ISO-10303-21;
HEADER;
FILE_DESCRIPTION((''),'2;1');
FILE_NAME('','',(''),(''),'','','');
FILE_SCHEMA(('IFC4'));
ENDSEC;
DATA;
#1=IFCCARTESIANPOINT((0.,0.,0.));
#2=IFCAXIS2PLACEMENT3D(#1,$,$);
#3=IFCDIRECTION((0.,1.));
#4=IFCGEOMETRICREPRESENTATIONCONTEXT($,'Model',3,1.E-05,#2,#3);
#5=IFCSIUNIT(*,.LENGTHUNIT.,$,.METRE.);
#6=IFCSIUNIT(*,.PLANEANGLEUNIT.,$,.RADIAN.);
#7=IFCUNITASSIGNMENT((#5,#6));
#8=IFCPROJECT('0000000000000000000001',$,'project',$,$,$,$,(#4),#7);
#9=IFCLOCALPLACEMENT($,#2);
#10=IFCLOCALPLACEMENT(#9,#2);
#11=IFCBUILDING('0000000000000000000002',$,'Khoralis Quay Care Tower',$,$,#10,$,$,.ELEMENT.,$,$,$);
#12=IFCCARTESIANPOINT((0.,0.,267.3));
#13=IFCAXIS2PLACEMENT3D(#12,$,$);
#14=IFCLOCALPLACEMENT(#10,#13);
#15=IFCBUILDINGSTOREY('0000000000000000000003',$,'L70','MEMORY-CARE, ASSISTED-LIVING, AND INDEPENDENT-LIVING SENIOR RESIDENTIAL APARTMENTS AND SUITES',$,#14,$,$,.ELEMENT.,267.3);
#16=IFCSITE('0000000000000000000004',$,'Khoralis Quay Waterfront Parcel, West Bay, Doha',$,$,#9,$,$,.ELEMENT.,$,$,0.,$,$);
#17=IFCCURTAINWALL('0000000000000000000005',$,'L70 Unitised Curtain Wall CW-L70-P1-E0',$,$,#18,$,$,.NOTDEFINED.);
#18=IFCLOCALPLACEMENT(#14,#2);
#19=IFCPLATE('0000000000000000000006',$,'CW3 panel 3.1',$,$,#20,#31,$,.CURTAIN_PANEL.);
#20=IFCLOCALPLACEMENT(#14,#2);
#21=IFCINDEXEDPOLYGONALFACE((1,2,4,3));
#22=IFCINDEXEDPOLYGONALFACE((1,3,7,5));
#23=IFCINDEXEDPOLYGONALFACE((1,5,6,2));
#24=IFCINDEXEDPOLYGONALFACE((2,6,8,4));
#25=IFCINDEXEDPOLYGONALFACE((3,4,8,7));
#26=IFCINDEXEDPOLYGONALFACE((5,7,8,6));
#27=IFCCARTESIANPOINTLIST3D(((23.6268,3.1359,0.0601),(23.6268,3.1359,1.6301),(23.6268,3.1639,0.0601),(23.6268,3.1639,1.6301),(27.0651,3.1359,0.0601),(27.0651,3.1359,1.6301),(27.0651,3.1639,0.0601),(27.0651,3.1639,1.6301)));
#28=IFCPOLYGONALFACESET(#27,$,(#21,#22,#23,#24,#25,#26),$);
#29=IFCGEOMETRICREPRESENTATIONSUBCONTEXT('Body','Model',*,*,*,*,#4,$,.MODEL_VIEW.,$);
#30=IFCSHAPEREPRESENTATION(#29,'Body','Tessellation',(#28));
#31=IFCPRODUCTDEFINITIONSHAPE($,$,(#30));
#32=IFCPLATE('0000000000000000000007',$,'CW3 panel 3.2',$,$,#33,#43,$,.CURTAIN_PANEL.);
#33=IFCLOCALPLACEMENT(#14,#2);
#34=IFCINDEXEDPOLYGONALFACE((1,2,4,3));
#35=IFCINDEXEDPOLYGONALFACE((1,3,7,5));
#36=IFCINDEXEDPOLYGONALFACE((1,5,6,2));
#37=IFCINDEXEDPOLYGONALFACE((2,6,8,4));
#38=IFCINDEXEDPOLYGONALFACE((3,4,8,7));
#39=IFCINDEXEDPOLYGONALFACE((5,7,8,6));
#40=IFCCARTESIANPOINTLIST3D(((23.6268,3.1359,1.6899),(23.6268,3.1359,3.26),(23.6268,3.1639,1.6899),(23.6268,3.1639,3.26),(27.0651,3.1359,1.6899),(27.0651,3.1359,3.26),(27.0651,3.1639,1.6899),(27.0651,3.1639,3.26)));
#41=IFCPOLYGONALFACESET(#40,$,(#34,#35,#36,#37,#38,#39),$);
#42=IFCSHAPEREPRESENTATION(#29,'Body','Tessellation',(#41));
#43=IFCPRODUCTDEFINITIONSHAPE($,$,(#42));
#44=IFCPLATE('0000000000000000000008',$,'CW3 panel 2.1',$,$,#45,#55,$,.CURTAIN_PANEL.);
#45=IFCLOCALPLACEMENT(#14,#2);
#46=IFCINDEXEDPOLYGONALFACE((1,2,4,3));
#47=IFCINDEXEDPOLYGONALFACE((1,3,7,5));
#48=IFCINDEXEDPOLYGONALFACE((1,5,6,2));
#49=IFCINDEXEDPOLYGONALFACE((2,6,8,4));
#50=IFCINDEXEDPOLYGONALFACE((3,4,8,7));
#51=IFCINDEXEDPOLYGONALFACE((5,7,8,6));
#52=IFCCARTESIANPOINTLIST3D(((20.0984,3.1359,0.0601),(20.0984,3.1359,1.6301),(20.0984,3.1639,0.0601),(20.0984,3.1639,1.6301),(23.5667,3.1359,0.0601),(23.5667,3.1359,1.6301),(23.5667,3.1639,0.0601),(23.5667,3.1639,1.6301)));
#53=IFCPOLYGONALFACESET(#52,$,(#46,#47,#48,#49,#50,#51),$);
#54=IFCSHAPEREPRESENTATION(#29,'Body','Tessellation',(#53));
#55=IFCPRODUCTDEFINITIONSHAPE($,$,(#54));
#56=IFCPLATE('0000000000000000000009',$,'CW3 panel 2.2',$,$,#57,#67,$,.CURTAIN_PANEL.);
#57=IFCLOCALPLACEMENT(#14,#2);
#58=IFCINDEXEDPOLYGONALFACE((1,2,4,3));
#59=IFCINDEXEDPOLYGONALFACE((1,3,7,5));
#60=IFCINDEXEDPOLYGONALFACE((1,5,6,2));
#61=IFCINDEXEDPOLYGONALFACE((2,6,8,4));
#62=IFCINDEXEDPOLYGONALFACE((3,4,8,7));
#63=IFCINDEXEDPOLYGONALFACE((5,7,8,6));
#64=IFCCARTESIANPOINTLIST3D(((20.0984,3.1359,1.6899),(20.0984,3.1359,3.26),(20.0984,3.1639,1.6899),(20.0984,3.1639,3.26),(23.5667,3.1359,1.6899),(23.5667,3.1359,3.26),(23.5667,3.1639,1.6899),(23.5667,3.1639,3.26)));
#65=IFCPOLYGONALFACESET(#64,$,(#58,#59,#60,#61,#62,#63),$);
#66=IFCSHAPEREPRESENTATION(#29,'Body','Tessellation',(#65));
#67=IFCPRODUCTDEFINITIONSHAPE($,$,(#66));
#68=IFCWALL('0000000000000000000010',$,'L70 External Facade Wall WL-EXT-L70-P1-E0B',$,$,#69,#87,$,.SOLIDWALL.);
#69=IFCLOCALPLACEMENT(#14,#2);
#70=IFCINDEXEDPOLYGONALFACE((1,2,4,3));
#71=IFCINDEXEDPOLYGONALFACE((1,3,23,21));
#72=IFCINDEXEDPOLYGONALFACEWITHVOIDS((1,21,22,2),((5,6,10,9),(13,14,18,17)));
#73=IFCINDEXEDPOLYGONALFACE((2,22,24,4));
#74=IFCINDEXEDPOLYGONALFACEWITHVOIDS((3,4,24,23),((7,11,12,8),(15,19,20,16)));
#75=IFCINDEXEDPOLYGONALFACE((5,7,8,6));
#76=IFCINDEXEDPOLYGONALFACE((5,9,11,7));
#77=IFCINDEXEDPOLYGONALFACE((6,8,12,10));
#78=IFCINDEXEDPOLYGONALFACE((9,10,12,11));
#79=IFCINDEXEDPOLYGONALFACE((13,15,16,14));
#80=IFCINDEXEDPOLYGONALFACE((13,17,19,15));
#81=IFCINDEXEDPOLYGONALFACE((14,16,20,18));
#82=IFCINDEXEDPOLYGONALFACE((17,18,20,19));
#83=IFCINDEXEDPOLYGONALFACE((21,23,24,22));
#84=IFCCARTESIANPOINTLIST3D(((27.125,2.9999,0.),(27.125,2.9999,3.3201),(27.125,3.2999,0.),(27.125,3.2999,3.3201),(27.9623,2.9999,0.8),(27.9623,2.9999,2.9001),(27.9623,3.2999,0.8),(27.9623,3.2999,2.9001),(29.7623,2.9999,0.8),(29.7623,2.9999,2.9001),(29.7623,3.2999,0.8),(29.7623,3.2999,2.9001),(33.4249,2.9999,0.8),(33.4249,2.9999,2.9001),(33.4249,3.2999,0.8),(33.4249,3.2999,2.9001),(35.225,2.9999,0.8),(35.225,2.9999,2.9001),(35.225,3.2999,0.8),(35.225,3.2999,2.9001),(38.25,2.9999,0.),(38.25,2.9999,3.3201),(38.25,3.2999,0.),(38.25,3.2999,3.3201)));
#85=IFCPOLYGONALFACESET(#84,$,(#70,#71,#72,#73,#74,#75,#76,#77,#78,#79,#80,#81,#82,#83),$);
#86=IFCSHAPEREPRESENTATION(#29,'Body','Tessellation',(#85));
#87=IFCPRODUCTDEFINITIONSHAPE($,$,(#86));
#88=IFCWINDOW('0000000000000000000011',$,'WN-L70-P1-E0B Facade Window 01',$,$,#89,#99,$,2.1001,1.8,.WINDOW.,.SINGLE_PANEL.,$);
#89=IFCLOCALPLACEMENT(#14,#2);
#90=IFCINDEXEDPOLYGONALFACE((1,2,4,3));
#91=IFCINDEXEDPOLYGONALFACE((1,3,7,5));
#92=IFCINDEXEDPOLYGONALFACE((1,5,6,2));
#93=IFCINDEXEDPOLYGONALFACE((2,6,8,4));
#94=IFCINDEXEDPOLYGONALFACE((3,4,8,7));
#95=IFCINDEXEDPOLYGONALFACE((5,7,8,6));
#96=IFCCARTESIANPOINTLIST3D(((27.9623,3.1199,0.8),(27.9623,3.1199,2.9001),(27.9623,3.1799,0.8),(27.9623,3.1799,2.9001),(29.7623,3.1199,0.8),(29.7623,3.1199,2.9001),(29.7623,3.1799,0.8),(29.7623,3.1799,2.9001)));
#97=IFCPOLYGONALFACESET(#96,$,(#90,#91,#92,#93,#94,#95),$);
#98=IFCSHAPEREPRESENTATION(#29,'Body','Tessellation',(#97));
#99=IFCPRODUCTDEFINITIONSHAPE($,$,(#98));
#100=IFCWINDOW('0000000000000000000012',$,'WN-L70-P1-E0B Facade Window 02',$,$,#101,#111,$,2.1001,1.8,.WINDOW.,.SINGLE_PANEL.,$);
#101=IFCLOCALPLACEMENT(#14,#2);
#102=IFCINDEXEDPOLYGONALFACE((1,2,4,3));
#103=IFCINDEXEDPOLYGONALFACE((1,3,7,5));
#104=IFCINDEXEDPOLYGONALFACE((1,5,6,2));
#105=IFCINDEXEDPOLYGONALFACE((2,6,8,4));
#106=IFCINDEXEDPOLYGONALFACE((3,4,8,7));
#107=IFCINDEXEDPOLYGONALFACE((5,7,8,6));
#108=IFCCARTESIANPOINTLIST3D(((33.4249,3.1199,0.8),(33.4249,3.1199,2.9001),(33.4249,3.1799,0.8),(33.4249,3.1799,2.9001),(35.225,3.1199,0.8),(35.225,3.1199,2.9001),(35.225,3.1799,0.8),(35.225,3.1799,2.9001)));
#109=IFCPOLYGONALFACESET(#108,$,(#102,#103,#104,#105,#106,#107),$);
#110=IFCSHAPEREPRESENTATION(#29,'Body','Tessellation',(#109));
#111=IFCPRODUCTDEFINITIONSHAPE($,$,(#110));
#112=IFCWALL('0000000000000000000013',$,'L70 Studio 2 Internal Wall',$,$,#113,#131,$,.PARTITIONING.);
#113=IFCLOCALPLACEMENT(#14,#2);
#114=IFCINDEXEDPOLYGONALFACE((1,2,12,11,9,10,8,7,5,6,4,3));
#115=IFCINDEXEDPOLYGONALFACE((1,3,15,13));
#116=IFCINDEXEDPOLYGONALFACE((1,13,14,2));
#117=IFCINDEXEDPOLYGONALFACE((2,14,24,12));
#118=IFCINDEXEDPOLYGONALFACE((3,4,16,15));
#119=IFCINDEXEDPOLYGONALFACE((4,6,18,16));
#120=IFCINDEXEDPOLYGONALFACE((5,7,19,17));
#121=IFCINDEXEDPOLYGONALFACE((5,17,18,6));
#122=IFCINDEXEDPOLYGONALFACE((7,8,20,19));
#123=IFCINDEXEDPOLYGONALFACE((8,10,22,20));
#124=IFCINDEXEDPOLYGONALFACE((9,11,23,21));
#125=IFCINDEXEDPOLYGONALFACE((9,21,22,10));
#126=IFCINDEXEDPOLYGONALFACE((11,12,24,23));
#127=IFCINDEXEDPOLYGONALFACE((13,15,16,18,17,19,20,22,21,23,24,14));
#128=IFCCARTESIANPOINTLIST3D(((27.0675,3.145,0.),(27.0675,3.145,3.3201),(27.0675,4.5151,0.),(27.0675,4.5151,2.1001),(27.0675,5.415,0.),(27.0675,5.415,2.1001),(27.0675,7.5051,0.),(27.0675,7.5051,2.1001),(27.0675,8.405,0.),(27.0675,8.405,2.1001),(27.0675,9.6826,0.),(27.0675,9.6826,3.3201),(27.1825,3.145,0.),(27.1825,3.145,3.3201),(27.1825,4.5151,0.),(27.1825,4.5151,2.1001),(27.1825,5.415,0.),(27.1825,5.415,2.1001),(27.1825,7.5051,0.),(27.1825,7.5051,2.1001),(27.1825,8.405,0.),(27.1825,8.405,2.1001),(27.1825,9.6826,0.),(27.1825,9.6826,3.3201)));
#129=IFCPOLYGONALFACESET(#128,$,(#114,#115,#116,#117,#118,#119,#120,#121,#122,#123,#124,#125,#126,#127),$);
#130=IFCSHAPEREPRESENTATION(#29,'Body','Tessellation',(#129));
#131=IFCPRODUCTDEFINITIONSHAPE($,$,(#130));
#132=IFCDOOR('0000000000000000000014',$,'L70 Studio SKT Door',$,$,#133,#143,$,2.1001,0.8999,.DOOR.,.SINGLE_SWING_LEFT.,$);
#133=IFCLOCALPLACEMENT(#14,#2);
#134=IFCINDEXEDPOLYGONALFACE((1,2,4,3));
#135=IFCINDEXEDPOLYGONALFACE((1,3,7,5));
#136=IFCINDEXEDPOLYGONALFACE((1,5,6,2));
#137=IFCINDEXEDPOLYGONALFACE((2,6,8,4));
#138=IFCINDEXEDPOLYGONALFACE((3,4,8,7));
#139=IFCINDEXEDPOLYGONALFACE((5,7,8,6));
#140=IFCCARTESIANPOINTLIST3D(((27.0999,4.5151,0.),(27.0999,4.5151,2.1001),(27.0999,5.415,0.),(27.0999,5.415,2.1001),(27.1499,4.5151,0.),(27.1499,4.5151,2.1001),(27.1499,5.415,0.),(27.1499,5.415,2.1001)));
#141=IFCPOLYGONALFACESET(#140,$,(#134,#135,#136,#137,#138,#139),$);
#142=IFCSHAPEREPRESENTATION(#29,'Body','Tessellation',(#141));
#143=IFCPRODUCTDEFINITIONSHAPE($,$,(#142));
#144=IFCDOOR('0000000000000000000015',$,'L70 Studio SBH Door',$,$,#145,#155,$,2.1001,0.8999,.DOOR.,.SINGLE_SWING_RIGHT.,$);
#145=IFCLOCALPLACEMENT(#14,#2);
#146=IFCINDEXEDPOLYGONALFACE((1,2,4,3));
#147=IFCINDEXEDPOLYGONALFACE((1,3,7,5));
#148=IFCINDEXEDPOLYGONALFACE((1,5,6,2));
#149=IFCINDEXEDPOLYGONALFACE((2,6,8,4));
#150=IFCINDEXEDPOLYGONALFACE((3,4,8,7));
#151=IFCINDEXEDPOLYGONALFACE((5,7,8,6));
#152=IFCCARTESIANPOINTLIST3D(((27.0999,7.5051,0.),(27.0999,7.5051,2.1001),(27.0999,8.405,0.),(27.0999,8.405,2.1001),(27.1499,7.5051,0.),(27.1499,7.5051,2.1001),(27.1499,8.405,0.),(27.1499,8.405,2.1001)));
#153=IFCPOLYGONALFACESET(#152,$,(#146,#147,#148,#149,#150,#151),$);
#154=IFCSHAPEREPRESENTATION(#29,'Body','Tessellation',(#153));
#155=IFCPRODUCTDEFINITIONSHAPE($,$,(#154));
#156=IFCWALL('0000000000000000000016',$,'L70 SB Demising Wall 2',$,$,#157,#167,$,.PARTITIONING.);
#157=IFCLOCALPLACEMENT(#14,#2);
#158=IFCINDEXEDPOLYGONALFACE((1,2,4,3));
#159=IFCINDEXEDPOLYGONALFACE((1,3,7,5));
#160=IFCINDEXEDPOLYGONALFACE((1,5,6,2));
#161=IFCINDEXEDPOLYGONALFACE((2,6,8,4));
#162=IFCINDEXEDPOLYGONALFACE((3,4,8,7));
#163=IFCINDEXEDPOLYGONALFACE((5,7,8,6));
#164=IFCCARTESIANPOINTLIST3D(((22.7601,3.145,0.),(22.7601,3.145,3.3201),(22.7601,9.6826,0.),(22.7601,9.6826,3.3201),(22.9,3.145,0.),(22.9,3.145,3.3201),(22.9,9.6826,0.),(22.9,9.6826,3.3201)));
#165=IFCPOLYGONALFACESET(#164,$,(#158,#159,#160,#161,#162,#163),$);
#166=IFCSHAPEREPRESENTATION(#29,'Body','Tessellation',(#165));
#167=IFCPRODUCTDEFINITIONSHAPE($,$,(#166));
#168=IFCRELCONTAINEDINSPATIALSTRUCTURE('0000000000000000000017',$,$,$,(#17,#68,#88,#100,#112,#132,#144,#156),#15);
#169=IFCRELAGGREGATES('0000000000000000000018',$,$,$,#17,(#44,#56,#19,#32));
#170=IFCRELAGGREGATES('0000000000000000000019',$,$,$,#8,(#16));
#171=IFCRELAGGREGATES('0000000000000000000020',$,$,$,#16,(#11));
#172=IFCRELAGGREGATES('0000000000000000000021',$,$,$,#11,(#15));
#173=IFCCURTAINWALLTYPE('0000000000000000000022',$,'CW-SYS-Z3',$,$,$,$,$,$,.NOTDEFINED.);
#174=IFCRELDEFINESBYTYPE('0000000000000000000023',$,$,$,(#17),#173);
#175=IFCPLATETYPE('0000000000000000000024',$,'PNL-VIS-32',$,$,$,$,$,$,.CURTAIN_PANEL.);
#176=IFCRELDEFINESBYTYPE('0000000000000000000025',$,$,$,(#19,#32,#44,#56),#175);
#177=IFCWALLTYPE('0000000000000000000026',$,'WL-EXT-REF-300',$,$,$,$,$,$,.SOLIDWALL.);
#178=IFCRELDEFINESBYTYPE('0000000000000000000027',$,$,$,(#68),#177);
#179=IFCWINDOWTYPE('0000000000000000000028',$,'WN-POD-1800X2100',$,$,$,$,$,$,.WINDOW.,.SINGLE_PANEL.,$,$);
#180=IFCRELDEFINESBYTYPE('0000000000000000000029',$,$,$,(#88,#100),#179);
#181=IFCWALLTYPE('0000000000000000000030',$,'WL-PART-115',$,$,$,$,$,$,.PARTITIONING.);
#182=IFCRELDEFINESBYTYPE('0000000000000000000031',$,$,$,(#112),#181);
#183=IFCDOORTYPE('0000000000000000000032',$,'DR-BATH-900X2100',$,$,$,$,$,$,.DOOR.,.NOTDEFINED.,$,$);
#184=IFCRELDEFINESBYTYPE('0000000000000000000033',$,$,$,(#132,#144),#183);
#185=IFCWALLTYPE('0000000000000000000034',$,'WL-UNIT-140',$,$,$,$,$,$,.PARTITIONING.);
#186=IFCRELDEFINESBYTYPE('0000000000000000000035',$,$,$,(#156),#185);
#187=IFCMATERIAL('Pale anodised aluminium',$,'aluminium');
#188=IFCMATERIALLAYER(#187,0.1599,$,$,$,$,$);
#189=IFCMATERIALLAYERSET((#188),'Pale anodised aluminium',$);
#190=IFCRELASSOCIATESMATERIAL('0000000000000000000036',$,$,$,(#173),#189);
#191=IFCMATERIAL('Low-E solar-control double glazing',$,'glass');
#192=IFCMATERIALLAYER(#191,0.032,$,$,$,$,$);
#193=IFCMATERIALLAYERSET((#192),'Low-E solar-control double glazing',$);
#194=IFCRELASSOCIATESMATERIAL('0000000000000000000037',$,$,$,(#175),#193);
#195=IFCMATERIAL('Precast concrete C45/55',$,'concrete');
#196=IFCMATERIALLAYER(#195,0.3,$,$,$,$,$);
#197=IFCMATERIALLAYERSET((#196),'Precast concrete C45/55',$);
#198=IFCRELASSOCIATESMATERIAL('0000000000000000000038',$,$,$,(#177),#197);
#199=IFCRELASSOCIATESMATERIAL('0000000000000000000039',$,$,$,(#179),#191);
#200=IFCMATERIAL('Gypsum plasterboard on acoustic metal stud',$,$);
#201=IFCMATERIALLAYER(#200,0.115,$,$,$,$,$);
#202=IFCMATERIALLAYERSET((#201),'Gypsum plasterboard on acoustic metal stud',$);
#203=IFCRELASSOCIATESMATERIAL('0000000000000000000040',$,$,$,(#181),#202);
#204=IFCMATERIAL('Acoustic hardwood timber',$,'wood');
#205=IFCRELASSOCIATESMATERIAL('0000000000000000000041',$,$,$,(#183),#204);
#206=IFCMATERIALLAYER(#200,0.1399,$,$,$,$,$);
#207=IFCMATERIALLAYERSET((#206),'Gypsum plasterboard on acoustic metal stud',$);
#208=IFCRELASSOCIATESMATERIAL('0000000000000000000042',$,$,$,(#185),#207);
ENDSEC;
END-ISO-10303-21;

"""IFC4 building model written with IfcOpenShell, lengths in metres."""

from ifc_helpers import new_model, si_unit, direction, frame, frame_2d, origin, origin_2d, place, context, subcontext, project, spatial, rectangle, extrude, source, transform, mapped, material, layer, layer_set, type_object, element, fill, aggregate, save


model = new_model("IFC4")

# Units and contexts
model_context = context("Model", 3, precision=1e-05, world=origin(), true_north=direction((0.0, 1.0)))
body_context = subcontext(model_context, "Body", "Model", "MODEL_VIEW")
ifc_project = project(units=[si_unit("LENGTHUNIT", "METRE"), si_unit("PLANEANGLEUNIT", "RADIAN")], contexts=[model_context])

# Site, building, storey
site_placement = place(None, origin())
site = spatial("IfcSite", under=ifc_project, at=site_placement, Name="Khoralis Quay Waterfront Parcel, West Bay, Doha", CompositionType="ELEMENT", RefElevation=0.0)
building_placement = place(site_placement, origin())
building = spatial("IfcBuilding", under=site, at=building_placement, Name="Khoralis Quay Care Tower", CompositionType="ELEMENT")
storey_placement = place(building_placement, frame((0.0, 0.0, 267.3)))
storey = spatial("IfcBuildingStorey", under=building, at=storey_placement, Name="L70", Description="MEMORY-CARE, ASSISTED-LIVING, AND INDEPENDENT-LIVING SENIOR RESIDENTIAL APARTMENTS AND SUITES", CompositionType="ELEMENT", Elevation=267.3)

# Curtain wall, plates
ifc_material_1 = material(Name="Pale anodised aluminium", Category="aluminium")
ifc_layer_1 = layer(ifc_material_1, 0.1599)
ifc_layer_set_1 = layer_set([ifc_layer_1], Name="Pale anodised aluminium")
curtain_wall_type = type_object("IfcCurtainWallType", Name="CW-SYS-Z3", PredefinedType="NOTDEFINED", material=ifc_layer_set_1)
curtain_wall_placement = place(storey_placement, origin())
curtain_wall = element("IfcCurtainWall", 1, at=curtain_wall_placement, inside=storey, type_object=curtain_wall_type, Name="L70 Unitised Curtain Wall CW-L70-P1-E0", PredefinedType="NOTDEFINED")
ifc_material_2 = material(Name="Low-E solar-control double glazing", Category="glass")
ifc_layer_2 = layer(ifc_material_2, 0.032)
ifc_layer_set_2 = layer_set([ifc_layer_2], Name="Low-E solar-control double glazing")
plate_type = type_object("IfcPlateType", Name="PNL-VIS-32", PredefinedType="CURTAIN_PANEL", material=ifc_layer_set_2)
shared_shape_1 = source(origin(), body_context, "Body", "SweptSolid", [
    extrude(rectangle(XDim=3.4382, YDim=0.0281, at=origin_2d()), origin(), (0.0, 0.0, 1.0), 1.5701),
])
plate_1_placement = place(storey_placement, frame((25.3459, 3.1499, 0.0601), z_axis=(0.0, 0.0, 1.0), x_axis=(1.0, 0.0, 0.0)))
plate_1 = element("IfcPlate", 2, at=plate_1_placement, type_object=plate_type, Name="CW3 panel 3.1", PredefinedType="CURTAIN_PANEL", context=body_context, shape_type="MappedRepresentation", body=[
    mapped(shared_shape_1, transform((0.0, 0.0, 0.0), scale=1.0)),
])
plate_2_placement = place(storey_placement, frame((25.3459, 3.1499, 1.6899), z_axis=(0.0, 0.0, 1.0), x_axis=(1.0, 0.0, 0.0)))
plate_2 = element("IfcPlate", 3, at=plate_2_placement, type_object=plate_type, Name="CW3 panel 3.2", PredefinedType="CURTAIN_PANEL", context=body_context, shape_type="MappedRepresentation", body=[
    mapped(shared_shape_1, transform((0.0, 0.0, 0.0), scale=1.0)),
])
shared_shape_2 = source(origin(), body_context, "Body", "SweptSolid", [
    extrude(rectangle(XDim=3.4683, YDim=0.0281, at=origin_2d()), origin(), (0.0, 0.0, 1.0), 1.5701),
])
plate_3_placement = place(storey_placement, frame((21.8325, 3.1499, 0.0601), z_axis=(0.0, 0.0, 1.0), x_axis=(1.0, 0.0, 0.0)))
plate_3 = element("IfcPlate", 4, at=plate_3_placement, type_object=plate_type, Name="CW3 panel 2.1", PredefinedType="CURTAIN_PANEL", context=body_context, shape_type="MappedRepresentation", body=[
    mapped(shared_shape_2, transform((0.0, 0.0, 0.0), scale=1.0)),
])
plate_4_placement = place(storey_placement, frame((21.8325, 3.1499, 1.6899), z_axis=(0.0, 0.0, 1.0), x_axis=(1.0, 0.0, 0.0)))
plate_4 = element("IfcPlate", 5, at=plate_4_placement, type_object=plate_type, Name="CW3 panel 2.2", PredefinedType="CURTAIN_PANEL", context=body_context, shape_type="MappedRepresentation", body=[
    mapped(shared_shape_2, transform((0.0, 0.0, 0.0), scale=1.0)),
])
aggregate(curtain_wall, [plate_3, plate_4, plate_1, plate_2])

# Wall, openings, windows
ifc_material_3 = material(Name="Precast concrete C45/55", Category="concrete")
ifc_layer_3 = layer(ifc_material_3, 0.3)
ifc_layer_set_3 = layer_set([ifc_layer_3], Name="Precast concrete C45/55")
wall_type_1 = type_object("IfcWallType", Name="WL-EXT-REF-300", PredefinedType="SOLIDWALL", material=ifc_layer_set_3)
wall_1_placement = place(storey_placement, frame((27.125, 3.1499, 0.0), z_axis=(0.0, 0.0, 1.0), x_axis=(1.0, 0.0, 0.0)))
wall_1 = element("IfcWall", 6, at=wall_1_placement, inside=storey, type_object=wall_type_1, Name="L70 External Facade Wall WL-EXT-L70-P1-E0B", PredefinedType="SOLIDWALL", context=body_context, shape_type="SweptSolid", body=[
    extrude(rectangle(XDim=11.125, YDim=0.3, at=frame_2d((5.5625, 0.0))), origin(), (0.0, 0.0, 1.0), 3.3201),
])
opening_1_placement = place(wall_1_placement, frame((0.8374, 0.0, 0.8)))
opening_1 = element("IfcOpeningElement", 7, at=opening_1_placement, cuts=wall_1, PredefinedType="OPENING", context=body_context, shape_type="SweptSolid", body=[
    extrude(rectangle(XDim=1.8, YDim=2.1001, at=frame_2d((0.8999, 1.05))), frame((0.0, 0.1602, 0.0), z_axis=(0.0, -1.0, 0.0), x_axis=(1.0, 0.0, 0.0)), (0.0, 0.0, 1.0), 0.3201),
])
opening_2_placement = place(wall_1_placement, frame((6.3, 0.0, 0.8)))
opening_2 = element("IfcOpeningElement", 8, at=opening_2_placement, cuts=wall_1, PredefinedType="OPENING", context=body_context, shape_type="SweptSolid", body=[
    extrude(rectangle(XDim=1.8, YDim=2.1001, at=frame_2d((0.8999, 1.05))), frame((0.0, 0.1602, 0.0), z_axis=(0.0, -1.0, 0.0), x_axis=(1.0, 0.0, 0.0)), (0.0, 0.0, 1.0), 0.3201),
])
window_type = type_object("IfcWindowType", Name="WN-POD-1800X2100", PartitioningType="SINGLE_PANEL", PredefinedType="WINDOW", material=ifc_material_2)
shared_shape_3 = source(origin(), body_context, "Body", "SweptSolid", [
    extrude(rectangle(XDim=1.8, YDim=2.1001, at=frame_2d((0.8999, 1.05))), frame((0.0, 0.03, 0.0), z_axis=(0.0, -1.0, 0.0), x_axis=(1.0, 0.0, 0.0)), (0.0, 0.0, 1.0), 0.0601),
])
window_1_placement = place(opening_1_placement, origin())
window_1 = element("IfcWindow", 9, at=window_1_placement, inside=storey, type_object=window_type, Name="WN-L70-P1-E0B Facade Window 01", OverallHeight=2.1001, OverallWidth=1.8, PartitioningType="SINGLE_PANEL", PredefinedType="WINDOW", context=body_context, shape_type="MappedRepresentation", body=[
    mapped(shared_shape_3, transform((0.0, 0.0, 0.0), scale=1.0)),
])
fill(opening_1, window_1)
window_2_placement = place(opening_2_placement, origin())
window_2 = element("IfcWindow", 10, at=window_2_placement, inside=storey, type_object=window_type, Name="WN-L70-P1-E0B Facade Window 02", OverallHeight=2.1001, OverallWidth=1.8, PartitioningType="SINGLE_PANEL", PredefinedType="WINDOW", context=body_context, shape_type="MappedRepresentation", body=[
    mapped(shared_shape_3, transform((0.0, 0.0, 0.0), scale=1.0)),
])
fill(opening_2, window_2)

# Wall, openings, doors
ifc_material_4 = material(Name="Gypsum plasterboard on acoustic metal stud")
ifc_layer_4 = layer(ifc_material_4, 0.115)
ifc_layer_set_4 = layer_set([ifc_layer_4], Name="Gypsum plasterboard on acoustic metal stud")
wall_type_2 = type_object("IfcWallType", Name="WL-PART-115", PredefinedType="PARTITIONING", material=ifc_layer_set_4)
wall_2_placement = place(storey_placement, frame((27.125, 3.145, 0.0), z_axis=(0.0, 0.0, 1.0), x_axis=(0.0, 1.0, 0.0)))
wall_2 = element("IfcWall", 11, at=wall_2_placement, inside=storey, type_object=wall_type_2, Name="L70 Studio 2 Internal Wall", PredefinedType="PARTITIONING", context=body_context, shape_type="SweptSolid", body=[
    extrude(rectangle(XDim=6.5376, YDim=0.115, at=frame_2d((3.2688, 0.0))), origin(), (0.0, 0.0, 1.0), 3.3201),
])
opening_3_placement = place(wall_2_placement, frame((1.3701, 0.0, 0.0)))
opening_3 = element("IfcOpeningElement", 12, at=opening_3_placement, cuts=wall_2, PredefinedType="OPENING", context=body_context, shape_type="SweptSolid", body=[
    extrude(rectangle(XDim=0.8999, YDim=2.1001, at=frame_2d((0.45, 1.05))), frame((0.0, 0.0674, 0.0), z_axis=(0.0, -1.0, 0.0), x_axis=(1.0, 0.0, 0.0)), (0.0, 0.0, 1.0), 0.135),
])
opening_4_placement = place(wall_2_placement, frame((4.3601, 0.0, 0.0)))
opening_4 = element("IfcOpeningElement", 13, at=opening_4_placement, cuts=wall_2, PredefinedType="OPENING", context=body_context, shape_type="SweptSolid", body=[
    extrude(rectangle(XDim=0.8999, YDim=2.1001, at=frame_2d((0.45, 1.05))), frame((0.0, 0.0674, 0.0), z_axis=(0.0, -1.0, 0.0), x_axis=(1.0, 0.0, 0.0)), (0.0, 0.0, 1.0), 0.135),
])
ifc_material_5 = material(Name="Acoustic hardwood timber", Category="wood")
door_type = type_object("IfcDoorType", Name="DR-BATH-900X2100", OperationType="NOTDEFINED", PredefinedType="DOOR", material=ifc_material_5)
shared_shape_4 = source(origin(), body_context, "Body", "SweptSolid", [
    extrude(rectangle(XDim=0.8999, YDim=2.1001, at=frame_2d((0.45, 1.05))), frame((0.0, 0.0249, 0.0), z_axis=(0.0, -1.0, 0.0), x_axis=(1.0, 0.0, 0.0)), (0.0, 0.0, 1.0), 0.05),
])
door_1_placement = place(opening_3_placement, frame((0.8999, 0.0, 0.0), z_axis=(0.0, 0.0, 1.0), x_axis=(-1.0, 0.0, 0.0)))
door_1 = element("IfcDoor", 14, at=door_1_placement, inside=storey, type_object=door_type, Name="L70 Studio SKT Door", OperationType="SINGLE_SWING_LEFT", OverallHeight=2.1001, OverallWidth=0.8999, PredefinedType="DOOR", context=body_context, shape_type="MappedRepresentation", body=[
    mapped(shared_shape_4, transform((0.0, 0.0, 0.0), scale=1.0)),
])
fill(opening_3, door_1)
door_2_placement = place(opening_4_placement, frame((0.8999, 0.0, 0.0), z_axis=(0.0, 0.0, 1.0), x_axis=(-1.0, 0.0, 0.0)))
door_2 = element("IfcDoor", 15, at=door_2_placement, inside=storey, type_object=door_type, Name="L70 Studio SBH Door", OperationType="SINGLE_SWING_RIGHT", OverallHeight=2.1001, OverallWidth=0.8999, PredefinedType="DOOR", context=body_context, shape_type="MappedRepresentation", body=[
    mapped(shared_shape_4, transform((0.0, 0.0, 0.0), scale=1.0)),
])
fill(opening_4, door_2)

# Wall
ifc_layer_5 = layer(ifc_material_4, 0.1399)
ifc_layer_set_5 = layer_set([ifc_layer_5], Name="Gypsum plasterboard on acoustic metal stud")
wall_type_3 = type_object("IfcWallType", Name="WL-UNIT-140", PredefinedType="PARTITIONING", material=ifc_layer_set_5)
wall_3_placement = place(storey_placement, frame((22.8301, 3.145, 0.0), z_axis=(0.0, 0.0, 1.0), x_axis=(0.0, 1.0, 0.0)))
element("IfcWall", 16, at=wall_3_placement, inside=storey, type_object=wall_type_3, Name="L70 SB Demising Wall 2", PredefinedType="PARTITIONING", context=body_context, shape_type="SweptSolid", body=[
    extrude(rectangle(XDim=6.5376, YDim=0.1399, at=frame_2d((3.2688, 0.0))), origin(), (0.0, 0.0, 1.0), 3.3201),
])

save(model, "model.ifc")
